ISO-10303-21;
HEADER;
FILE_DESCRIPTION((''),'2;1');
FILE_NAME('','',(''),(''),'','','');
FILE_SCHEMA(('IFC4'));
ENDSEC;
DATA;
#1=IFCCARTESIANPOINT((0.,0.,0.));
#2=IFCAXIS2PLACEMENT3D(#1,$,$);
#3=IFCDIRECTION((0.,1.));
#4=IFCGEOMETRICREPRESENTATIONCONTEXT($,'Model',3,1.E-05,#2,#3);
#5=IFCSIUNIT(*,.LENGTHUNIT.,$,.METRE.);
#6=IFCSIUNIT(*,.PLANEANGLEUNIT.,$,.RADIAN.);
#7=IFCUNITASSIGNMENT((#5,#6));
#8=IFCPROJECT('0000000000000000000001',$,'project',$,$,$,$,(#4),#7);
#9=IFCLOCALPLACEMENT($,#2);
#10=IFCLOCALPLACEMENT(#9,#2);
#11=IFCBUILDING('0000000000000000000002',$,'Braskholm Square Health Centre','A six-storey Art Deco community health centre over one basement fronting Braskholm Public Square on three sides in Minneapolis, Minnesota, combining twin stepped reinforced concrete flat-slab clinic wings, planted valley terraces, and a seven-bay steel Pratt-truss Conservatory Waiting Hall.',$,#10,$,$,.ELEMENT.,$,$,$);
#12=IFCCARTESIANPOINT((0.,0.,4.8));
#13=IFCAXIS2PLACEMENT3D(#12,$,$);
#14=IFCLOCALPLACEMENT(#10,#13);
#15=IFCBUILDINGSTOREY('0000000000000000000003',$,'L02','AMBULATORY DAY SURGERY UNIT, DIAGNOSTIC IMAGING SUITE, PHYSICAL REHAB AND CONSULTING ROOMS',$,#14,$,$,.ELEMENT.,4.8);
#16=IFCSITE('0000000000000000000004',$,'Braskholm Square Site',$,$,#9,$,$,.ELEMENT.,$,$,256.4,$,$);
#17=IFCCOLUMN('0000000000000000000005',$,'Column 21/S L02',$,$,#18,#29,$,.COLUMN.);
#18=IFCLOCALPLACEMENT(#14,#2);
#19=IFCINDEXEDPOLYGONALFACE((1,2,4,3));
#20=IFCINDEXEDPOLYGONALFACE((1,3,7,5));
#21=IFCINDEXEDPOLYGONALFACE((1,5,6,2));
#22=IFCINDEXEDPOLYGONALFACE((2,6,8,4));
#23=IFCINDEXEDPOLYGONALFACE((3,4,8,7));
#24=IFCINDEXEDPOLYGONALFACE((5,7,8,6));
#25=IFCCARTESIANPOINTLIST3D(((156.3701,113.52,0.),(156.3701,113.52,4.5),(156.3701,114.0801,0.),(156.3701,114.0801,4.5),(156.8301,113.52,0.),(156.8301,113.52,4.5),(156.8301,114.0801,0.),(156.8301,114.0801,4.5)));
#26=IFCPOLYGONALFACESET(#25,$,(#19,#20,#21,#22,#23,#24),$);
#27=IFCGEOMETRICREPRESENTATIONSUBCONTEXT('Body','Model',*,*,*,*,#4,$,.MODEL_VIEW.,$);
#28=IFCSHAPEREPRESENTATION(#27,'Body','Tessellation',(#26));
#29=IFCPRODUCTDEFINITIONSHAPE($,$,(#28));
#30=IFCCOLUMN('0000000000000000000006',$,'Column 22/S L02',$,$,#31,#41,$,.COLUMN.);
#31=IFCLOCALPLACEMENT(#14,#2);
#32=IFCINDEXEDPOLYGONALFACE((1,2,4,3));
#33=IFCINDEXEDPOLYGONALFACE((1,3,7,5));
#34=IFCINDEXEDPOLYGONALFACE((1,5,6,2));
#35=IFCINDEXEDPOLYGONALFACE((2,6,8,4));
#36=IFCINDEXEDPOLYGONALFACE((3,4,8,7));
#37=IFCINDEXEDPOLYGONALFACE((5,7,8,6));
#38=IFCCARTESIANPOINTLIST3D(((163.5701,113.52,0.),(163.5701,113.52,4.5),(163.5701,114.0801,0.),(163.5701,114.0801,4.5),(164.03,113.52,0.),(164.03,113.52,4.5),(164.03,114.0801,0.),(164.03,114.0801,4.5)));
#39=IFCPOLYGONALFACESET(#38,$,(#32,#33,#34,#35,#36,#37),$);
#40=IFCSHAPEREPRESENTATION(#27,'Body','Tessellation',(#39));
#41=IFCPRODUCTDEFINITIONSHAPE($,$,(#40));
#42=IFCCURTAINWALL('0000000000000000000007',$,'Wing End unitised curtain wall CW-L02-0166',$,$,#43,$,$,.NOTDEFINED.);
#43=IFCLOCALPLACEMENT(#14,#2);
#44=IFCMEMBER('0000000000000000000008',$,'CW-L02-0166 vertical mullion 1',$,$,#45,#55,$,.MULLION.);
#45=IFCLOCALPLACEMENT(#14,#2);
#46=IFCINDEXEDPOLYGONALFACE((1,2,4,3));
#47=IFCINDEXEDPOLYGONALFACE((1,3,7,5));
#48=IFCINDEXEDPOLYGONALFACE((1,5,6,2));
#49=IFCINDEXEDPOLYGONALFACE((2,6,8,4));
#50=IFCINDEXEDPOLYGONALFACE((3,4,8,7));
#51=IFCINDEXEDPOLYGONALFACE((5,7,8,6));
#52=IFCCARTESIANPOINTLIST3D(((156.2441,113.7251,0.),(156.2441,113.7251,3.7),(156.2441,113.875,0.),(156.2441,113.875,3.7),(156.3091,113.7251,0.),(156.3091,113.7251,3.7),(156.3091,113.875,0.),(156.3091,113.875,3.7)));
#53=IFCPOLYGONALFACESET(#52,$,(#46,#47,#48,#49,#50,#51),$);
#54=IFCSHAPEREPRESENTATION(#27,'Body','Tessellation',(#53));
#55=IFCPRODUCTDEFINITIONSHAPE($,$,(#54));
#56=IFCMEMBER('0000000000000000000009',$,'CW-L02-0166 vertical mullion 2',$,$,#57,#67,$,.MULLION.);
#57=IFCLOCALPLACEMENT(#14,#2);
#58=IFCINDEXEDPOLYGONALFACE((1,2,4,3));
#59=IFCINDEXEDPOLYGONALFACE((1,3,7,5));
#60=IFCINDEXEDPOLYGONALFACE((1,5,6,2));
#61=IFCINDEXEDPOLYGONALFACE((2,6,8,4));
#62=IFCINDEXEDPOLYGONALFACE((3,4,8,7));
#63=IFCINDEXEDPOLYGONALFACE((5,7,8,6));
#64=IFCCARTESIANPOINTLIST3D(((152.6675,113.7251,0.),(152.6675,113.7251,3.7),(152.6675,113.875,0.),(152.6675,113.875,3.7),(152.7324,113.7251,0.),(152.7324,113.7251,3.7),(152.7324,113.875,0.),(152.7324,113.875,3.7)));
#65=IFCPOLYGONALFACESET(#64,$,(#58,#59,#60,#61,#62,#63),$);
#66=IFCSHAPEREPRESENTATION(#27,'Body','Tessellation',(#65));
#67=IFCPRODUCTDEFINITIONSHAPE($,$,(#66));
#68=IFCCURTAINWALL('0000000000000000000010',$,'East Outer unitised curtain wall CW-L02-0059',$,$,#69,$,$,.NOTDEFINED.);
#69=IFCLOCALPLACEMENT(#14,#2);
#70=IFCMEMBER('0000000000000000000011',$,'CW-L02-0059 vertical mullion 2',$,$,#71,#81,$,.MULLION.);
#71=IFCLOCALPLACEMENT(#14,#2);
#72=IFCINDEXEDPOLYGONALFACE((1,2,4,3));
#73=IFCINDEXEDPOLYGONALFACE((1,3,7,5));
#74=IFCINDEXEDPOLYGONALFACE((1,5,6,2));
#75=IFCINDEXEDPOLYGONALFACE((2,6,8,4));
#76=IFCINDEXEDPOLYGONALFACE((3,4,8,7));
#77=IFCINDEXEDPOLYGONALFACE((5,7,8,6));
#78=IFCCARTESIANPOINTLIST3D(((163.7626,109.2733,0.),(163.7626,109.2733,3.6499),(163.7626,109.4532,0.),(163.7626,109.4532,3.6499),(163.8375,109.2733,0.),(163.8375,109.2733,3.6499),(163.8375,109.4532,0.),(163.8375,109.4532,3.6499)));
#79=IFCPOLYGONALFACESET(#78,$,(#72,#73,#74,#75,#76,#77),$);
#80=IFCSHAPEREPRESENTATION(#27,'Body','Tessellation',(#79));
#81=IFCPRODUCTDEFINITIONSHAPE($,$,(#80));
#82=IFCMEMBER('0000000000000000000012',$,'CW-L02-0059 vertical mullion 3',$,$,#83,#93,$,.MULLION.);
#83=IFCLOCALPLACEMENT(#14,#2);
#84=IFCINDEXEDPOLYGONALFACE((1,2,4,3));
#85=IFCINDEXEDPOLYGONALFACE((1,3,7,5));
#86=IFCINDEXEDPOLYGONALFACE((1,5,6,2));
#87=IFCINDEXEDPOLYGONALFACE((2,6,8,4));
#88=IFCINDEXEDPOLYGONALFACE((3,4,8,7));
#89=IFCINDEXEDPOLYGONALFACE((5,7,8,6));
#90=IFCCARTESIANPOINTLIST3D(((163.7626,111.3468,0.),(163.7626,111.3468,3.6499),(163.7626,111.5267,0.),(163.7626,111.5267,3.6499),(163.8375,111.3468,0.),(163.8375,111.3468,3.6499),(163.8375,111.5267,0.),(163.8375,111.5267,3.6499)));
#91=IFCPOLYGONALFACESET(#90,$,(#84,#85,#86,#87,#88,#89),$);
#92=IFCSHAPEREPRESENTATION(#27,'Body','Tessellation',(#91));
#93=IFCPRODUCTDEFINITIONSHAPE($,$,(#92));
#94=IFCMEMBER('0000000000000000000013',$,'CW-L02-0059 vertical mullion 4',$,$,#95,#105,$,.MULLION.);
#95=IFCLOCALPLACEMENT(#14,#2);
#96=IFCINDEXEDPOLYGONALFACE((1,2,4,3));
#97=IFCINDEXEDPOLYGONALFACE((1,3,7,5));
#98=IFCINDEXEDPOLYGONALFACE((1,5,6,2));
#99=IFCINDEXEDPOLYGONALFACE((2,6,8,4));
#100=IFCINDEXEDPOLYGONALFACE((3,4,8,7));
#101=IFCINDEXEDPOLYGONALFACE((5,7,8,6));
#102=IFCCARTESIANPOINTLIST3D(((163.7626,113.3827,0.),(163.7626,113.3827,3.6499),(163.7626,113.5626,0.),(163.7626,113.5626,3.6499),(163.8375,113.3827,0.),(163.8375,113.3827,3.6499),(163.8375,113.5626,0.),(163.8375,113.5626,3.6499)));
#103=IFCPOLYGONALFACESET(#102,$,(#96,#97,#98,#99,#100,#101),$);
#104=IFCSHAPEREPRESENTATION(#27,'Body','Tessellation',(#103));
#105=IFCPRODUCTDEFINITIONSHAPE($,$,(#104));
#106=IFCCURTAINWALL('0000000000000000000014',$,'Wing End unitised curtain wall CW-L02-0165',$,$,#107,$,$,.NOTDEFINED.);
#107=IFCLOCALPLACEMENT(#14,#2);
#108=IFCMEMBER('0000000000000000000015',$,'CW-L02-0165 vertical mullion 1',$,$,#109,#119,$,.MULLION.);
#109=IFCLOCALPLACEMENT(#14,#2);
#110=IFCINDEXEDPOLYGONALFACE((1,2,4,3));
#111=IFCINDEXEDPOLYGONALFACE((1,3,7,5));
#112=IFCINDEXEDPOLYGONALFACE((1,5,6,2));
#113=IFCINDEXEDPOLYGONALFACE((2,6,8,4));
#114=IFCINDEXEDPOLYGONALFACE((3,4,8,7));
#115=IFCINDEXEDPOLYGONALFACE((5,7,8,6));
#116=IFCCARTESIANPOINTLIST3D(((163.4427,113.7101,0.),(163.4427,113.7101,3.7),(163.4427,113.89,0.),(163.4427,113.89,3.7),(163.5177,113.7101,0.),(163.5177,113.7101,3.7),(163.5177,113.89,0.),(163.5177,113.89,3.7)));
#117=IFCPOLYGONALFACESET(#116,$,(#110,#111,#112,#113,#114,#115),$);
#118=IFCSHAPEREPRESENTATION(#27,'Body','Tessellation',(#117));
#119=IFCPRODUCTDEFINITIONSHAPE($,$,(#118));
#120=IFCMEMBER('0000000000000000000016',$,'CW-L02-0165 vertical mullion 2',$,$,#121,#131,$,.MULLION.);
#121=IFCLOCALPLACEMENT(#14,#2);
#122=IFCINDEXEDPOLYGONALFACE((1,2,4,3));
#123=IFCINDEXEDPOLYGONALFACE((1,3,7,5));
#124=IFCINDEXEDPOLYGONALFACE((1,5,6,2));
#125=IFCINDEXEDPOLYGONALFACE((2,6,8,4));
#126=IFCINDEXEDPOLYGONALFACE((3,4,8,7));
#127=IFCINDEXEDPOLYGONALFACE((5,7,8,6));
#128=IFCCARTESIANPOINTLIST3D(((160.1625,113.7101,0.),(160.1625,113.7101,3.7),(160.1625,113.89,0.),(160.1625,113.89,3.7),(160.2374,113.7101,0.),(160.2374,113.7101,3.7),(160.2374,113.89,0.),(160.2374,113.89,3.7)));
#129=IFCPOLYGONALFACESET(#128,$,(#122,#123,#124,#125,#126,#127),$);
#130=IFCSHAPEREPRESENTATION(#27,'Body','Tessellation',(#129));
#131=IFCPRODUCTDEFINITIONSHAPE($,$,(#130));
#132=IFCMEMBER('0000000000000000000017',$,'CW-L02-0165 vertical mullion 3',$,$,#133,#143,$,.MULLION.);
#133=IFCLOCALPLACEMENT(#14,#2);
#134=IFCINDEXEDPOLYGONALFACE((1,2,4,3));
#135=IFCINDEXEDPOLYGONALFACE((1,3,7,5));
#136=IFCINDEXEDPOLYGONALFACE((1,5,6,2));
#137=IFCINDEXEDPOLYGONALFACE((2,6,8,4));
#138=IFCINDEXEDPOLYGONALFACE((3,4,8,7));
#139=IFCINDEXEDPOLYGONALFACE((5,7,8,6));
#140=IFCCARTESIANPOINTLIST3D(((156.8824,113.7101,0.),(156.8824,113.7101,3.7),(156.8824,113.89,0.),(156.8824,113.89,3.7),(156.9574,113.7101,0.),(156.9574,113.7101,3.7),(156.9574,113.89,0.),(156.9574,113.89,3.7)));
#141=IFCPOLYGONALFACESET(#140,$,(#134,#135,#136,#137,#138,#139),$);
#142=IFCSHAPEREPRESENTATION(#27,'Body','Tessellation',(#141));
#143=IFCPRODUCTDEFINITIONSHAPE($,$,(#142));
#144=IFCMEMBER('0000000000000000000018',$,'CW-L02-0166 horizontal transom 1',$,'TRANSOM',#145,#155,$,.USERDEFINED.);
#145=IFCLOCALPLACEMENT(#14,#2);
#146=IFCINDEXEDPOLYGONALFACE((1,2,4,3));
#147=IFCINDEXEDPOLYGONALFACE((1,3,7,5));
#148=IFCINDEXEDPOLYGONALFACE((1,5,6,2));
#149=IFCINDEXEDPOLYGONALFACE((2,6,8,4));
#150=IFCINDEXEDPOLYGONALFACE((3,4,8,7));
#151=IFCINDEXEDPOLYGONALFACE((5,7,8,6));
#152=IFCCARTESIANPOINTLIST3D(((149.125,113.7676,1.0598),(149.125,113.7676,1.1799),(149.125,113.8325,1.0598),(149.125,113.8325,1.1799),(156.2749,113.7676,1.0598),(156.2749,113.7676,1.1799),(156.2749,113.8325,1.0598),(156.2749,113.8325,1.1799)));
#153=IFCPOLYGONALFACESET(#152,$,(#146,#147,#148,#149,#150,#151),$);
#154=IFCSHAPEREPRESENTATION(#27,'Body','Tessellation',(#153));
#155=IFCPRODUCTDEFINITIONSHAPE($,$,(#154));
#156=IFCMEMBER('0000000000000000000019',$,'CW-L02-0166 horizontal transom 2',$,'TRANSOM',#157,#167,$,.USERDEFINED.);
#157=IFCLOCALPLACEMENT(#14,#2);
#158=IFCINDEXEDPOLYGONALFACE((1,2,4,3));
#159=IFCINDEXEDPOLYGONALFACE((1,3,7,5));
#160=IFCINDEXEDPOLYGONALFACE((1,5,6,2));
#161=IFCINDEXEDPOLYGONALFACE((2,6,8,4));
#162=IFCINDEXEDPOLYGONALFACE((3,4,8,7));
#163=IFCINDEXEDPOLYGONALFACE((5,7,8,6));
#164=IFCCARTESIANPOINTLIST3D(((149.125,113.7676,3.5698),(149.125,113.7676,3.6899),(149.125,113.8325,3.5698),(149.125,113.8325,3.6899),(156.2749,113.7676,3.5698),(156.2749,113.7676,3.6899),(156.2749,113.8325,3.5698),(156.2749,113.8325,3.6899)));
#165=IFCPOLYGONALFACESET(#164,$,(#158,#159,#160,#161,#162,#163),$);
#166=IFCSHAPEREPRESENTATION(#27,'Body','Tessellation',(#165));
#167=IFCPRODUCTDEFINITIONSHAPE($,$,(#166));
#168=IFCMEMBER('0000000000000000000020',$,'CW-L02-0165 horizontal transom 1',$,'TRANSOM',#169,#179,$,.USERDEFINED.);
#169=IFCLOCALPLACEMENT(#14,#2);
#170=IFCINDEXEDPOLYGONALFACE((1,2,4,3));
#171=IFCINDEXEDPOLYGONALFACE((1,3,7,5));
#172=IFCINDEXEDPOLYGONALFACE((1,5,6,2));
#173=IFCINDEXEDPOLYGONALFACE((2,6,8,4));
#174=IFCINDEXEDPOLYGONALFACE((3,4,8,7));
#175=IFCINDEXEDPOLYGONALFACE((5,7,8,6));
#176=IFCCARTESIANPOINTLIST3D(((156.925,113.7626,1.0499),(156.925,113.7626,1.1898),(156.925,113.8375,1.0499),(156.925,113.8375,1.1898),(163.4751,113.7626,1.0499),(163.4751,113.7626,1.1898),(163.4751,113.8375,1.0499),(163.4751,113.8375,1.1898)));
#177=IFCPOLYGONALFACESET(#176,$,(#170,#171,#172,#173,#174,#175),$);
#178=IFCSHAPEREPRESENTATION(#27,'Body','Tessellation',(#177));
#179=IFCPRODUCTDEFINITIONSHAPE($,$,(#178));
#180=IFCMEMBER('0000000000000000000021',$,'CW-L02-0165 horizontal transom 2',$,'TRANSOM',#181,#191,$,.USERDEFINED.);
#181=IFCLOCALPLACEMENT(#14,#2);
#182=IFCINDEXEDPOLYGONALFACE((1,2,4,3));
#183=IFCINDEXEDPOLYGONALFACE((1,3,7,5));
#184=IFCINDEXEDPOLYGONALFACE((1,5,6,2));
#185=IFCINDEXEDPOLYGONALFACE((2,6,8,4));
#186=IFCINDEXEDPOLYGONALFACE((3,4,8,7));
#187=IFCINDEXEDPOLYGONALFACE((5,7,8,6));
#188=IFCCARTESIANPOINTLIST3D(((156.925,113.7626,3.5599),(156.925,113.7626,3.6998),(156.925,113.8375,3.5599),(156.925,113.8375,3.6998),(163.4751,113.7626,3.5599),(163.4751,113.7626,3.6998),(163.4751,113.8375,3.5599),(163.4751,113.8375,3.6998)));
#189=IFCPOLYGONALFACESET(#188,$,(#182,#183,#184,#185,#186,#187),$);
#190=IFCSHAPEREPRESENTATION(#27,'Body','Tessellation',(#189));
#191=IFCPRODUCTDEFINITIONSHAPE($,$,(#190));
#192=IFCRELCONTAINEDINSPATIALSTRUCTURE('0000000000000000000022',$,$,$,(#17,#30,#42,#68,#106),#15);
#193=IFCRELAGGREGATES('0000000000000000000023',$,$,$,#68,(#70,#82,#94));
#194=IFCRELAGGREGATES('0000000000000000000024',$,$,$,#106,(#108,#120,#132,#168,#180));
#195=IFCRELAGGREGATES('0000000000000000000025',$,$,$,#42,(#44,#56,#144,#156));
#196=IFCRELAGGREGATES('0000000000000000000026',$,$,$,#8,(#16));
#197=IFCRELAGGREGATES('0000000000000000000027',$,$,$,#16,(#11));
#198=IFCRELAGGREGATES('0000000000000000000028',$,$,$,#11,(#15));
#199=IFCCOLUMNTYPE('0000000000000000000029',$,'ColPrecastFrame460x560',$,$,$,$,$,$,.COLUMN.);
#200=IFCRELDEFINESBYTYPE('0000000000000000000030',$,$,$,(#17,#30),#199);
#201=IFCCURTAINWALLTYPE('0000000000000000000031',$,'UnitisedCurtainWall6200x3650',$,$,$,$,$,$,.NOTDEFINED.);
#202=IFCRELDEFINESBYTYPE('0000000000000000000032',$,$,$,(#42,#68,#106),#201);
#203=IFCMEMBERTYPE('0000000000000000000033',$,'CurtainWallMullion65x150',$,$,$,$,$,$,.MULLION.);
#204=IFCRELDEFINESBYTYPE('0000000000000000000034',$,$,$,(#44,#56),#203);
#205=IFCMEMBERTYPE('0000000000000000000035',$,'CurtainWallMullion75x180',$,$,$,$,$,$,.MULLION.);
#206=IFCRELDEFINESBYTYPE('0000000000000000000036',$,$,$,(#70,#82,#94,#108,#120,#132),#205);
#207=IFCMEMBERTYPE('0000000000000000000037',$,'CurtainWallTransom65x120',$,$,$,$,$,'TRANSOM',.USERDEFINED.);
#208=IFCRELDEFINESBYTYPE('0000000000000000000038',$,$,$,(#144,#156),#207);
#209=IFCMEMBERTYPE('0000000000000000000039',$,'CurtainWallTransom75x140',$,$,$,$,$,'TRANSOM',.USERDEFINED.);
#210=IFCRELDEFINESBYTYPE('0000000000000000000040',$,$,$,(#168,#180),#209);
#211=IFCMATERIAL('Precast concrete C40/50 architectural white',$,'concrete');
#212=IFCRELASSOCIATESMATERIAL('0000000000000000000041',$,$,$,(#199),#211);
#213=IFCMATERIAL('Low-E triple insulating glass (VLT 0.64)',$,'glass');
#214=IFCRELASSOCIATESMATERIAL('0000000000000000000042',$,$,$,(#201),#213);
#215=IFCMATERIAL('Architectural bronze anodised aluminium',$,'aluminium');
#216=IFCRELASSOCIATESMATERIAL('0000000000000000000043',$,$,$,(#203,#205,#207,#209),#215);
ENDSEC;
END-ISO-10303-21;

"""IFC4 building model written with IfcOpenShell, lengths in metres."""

from ifc_helpers import new_model, si_unit, direction, frame, origin, origin_2d, place, context, subcontext, project, spatial, rectangle, extrude, material, material_profile, profile_set, type_object, element, aggregate, save


model = new_model("IFC4")

# Units and contexts
model_context = context("Model", 3, precision=1e-05, world=origin(), true_north=direction((0.0, 1.0)))
body_context = subcontext(model_context, "Body", "Model", "MODEL_VIEW")
ifc_project = project(units=[si_unit("LENGTHUNIT", "METRE"), si_unit("PLANEANGLEUNIT", "RADIAN")], contexts=[model_context])

# Site, building, storey
site_placement = place(None, origin())
site = spatial("IfcSite", under=ifc_project, at=site_placement, Name="Braskholm Square Site", CompositionType="ELEMENT", RefElevation=256.4)
building_placement = place(site_placement, origin())
building = spatial("IfcBuilding", under=site, at=building_placement, Name="Braskholm Square Health Centre", Description="A six-storey Art Deco community health centre over one basement fronting Braskholm Public Square on three sides in Minneapolis, Minnesota, combining twin stepped reinforced concrete flat-slab clinic wings, planted valley terraces, and a seven-bay steel Pratt-truss Conservatory Waiting Hall.", CompositionType="ELEMENT")
storey_placement = place(building_placement, frame((0.0, 0.0, 4.8)))
storey = spatial("IfcBuildingStorey", under=building, at=storey_placement, Name="L02", Description="AMBULATORY DAY SURGERY UNIT, DIAGNOSTIC IMAGING SUITE, PHYSICAL REHAB AND CONSULTING ROOMS", CompositionType="ELEMENT", Elevation=4.8)

# Columns
ifc_material_1 = material(Name="Precast concrete C40/50 architectural white", Category="concrete")
ifc_material_profile_1 = material_profile(ifc_material_1, rectangle(XDim=0.46, YDim=0.5601, at=origin_2d()), Name="RC-460X560")
ifc_profile_set_1 = profile_set([ifc_material_profile_1], Name="Precast concrete C40/50 architectural white")
column_type = type_object("IfcColumnType", Name="ColPrecastFrame460x560", PredefinedType="COLUMN", material=ifc_profile_set_1)
for number, where, z_axis, x_axis, name in (
    (1, (156.6001, 113.8, 0.0), (0.0, 0.0, 1.0), (1.0, 0.0, 0.0), "Column 21/S L02"),
    (2, (163.8, 113.8, 0.0), (0.0, 0.0, 1.0), (1.0, 0.0, 0.0), "Column 22/S L02"),
):
    element("IfcColumn", number, at=place(storey_placement, frame(where, z_axis=z_axis, x_axis=x_axis)), inside=storey, type_object=column_type, Name=name, PredefinedType="COLUMN", context=body_context, shape_type="SweptSolid", body=[
        extrude(rectangle(XDim=0.46, YDim=0.5601, at=origin_2d()), origin(), (0.0, 0.0, 1.0), 4.5),
    ])

# Curtain walls, members
ifc_material_2 = material(Name="Low-E triple insulating glass (VLT 0.64)", Category="glass")
curtain_wall_type = type_object("IfcCurtainWallType", Name="UnitisedCurtainWall6200x3650", PredefinedType="NOTDEFINED", material=ifc_material_2)
curtain_wall_1_placement = place(storey_placement, origin())
curtain_wall_1 = element("IfcCurtainWall", 3, at=curtain_wall_1_placement, inside=storey, type_object=curtain_wall_type, Name="Wing End unitised curtain wall CW-L02-0166", PredefinedType="NOTDEFINED")
ifc_material_3 = material(Name="Architectural bronze anodised aluminium", Category="aluminium")
ifc_material_profile_2 = material_profile(ifc_material_3, rectangle(XDim=0.0649, YDim=0.1499, at=origin_2d()), Name="ALU-65X150")
ifc_profile_set_2 = profile_set([ifc_material_profile_2], Name="Architectural bronze anodised aluminium")
member_type_1 = type_object("IfcMemberType", Name="CurtainWallMullion65x150", PredefinedType="MULLION", material=ifc_profile_set_2)
member_1_placement = place(storey_placement, frame((156.2766, 113.8, 0.0), z_axis=(0.0, 0.0, 1.0), x_axis=(1.0, 0.0, 0.0)))
member_1 = element("IfcMember", 4, at=member_1_placement, type_object=member_type_1, Name="CW-L02-0166 vertical mullion 1", PredefinedType="MULLION", context=body_context, shape_type="SweptSolid", body=[
    extrude(rectangle(XDim=0.0649, YDim=0.1499, at=origin_2d()), origin(), (0.0, 0.0, 1.0), 3.7),
])
member_2_placement = place(storey_placement, frame((152.7, 113.8, 0.0), z_axis=(0.0, 0.0, 1.0), x_axis=(1.0, 0.0, 0.0)))
member_2 = element("IfcMember", 5, at=member_2_placement, type_object=member_type_1, Name="CW-L02-0166 vertical mullion 2", PredefinedType="MULLION", context=body_context, shape_type="SweptSolid", body=[
    extrude(rectangle(XDim=0.0649, YDim=0.1499, at=origin_2d()), origin(), (0.0, 0.0, 1.0), 3.7),
])
curtain_wall_2_placement = place(storey_placement, origin())
curtain_wall_2 = element("IfcCurtainWall", 6, at=curtain_wall_2_placement, inside=storey, type_object=curtain_wall_type, Name="East Outer unitised curtain wall CW-L02-0059", PredefinedType="NOTDEFINED")
ifc_material_profile_3 = material_profile(ifc_material_3, rectangle(XDim=0.075, YDim=0.1799, at=origin_2d()), Name="ALU-75X180")
ifc_profile_set_3 = profile_set([ifc_material_profile_3], Name="Architectural bronze anodised aluminium")
member_type_2 = type_object("IfcMemberType", Name="CurtainWallMullion75x180", PredefinedType="MULLION", material=ifc_profile_set_3)
member_3_placement = place(storey_placement, frame((163.8, 109.3633, 0.0), z_axis=(0.0, 0.0, 1.0), x_axis=(1.0, 0.0, 0.0)))
member_3 = element("IfcMember", 7, at=member_3_placement, type_object=member_type_2, Name="CW-L02-0059 vertical mullion 2", PredefinedType="MULLION", context=body_context, shape_type="SweptSolid", body=[
    extrude(rectangle(XDim=0.075, YDim=0.1799, at=origin_2d()), origin(), (0.0, 0.0, 1.0), 3.6499),
])
member_4_placement = place(storey_placement, frame((163.8, 111.4368, 0.0), z_axis=(0.0, 0.0, 1.0), x_axis=(1.0, 0.0, 0.0)))
member_4 = element("IfcMember", 8, at=member_4_placement, type_object=member_type_2, Name="CW-L02-0059 vertical mullion 3", PredefinedType="MULLION", context=body_context, shape_type="SweptSolid", body=[
    extrude(rectangle(XDim=0.075, YDim=0.1799, at=origin_2d()), origin(), (0.0, 0.0, 1.0), 3.6499),
])
member_5_placement = place(storey_placement, frame((163.8, 113.4727, 0.0), z_axis=(0.0, 0.0, 1.0), x_axis=(1.0, 0.0, 0.0)))
member_5 = element("IfcMember", 9, at=member_5_placement, type_object=member_type_2, Name="CW-L02-0059 vertical mullion 4", PredefinedType="MULLION", context=body_context, shape_type="SweptSolid", body=[
    extrude(rectangle(XDim=0.075, YDim=0.1799, at=origin_2d()), origin(), (0.0, 0.0, 1.0), 3.6499),
])
curtain_wall_3_placement = place(storey_placement, origin())
curtain_wall_3 = element("IfcCurtainWall", 10, at=curtain_wall_3_placement, inside=storey, type_object=curtain_wall_type, Name="Wing End unitised curtain wall CW-L02-0165", PredefinedType="NOTDEFINED")
member_6_placement = place(storey_placement, frame((163.4802, 113.8, 0.0), z_axis=(0.0, 0.0, 1.0), x_axis=(1.0, 0.0, 0.0)))
member_6 = element("IfcMember", 11, at=member_6_placement, type_object=member_type_2, Name="CW-L02-0165 vertical mullion 1", PredefinedType="MULLION", context=body_context, shape_type="SweptSolid", body=[
    extrude(rectangle(XDim=0.075, YDim=0.1799, at=origin_2d()), origin(), (0.0, 0.0, 1.0), 3.7),
])
member_7_placement = place(storey_placement, frame((160.2, 113.8, 0.0), z_axis=(0.0, 0.0, 1.0), x_axis=(1.0, 0.0, 0.0)))
member_7 = element("IfcMember", 12, at=member_7_placement, type_object=member_type_2, Name="CW-L02-0165 vertical mullion 2", PredefinedType="MULLION", context=body_context, shape_type="SweptSolid", body=[
    extrude(rectangle(XDim=0.075, YDim=0.1799, at=origin_2d()), origin(), (0.0, 0.0, 1.0), 3.7),
])
member_8_placement = place(storey_placement, frame((156.9199, 113.8, 0.0), z_axis=(0.0, 0.0, 1.0), x_axis=(1.0, 0.0, 0.0)))
member_8 = element("IfcMember", 13, at=member_8_placement, type_object=member_type_2, Name="CW-L02-0165 vertical mullion 3", PredefinedType="MULLION", context=body_context, shape_type="SweptSolid", body=[
    extrude(rectangle(XDim=0.075, YDim=0.1799, at=origin_2d()), origin(), (0.0, 0.0, 1.0), 3.7),
])

# Members
ifc_material_profile_4 = material_profile(ifc_material_3, rectangle(XDim=0.0649, YDim=0.1201, at=origin_2d()), Name="ALU-65X120")
ifc_profile_set_4 = profile_set([ifc_material_profile_4], Name="Architectural bronze anodised aluminium")
member_type_3 = type_object("IfcMemberType", Name="CurtainWallTransom65x120", ElementType="TRANSOM", PredefinedType="USERDEFINED", material=ifc_profile_set_4)
member_9_placement = place(storey_placement, frame((156.2749, 113.8, 1.1199), z_axis=(-1.0, 0.0, 0.0), x_axis=(0.0, -1.0, 0.0)))
member_9 = element("IfcMember", 14, at=member_9_placement, type_object=member_type_3, Name="CW-L02-0166 horizontal transom 1", ObjectType="TRANSOM", PredefinedType="USERDEFINED", context=body_context, shape_type="SweptSolid", body=[
    extrude(rectangle(XDim=0.0649, YDim=0.1201, at=origin_2d()), origin(), (0.0, 0.0, 1.0), 7.1499),
])
member_10_placement = place(storey_placement, frame((156.2749, 113.8, 3.6299), z_axis=(-1.0, 0.0, 0.0), x_axis=(0.0, -1.0, 0.0)))
member_10 = element("IfcMember", 15, at=member_10_placement, type_object=member_type_3, Name="CW-L02-0166 horizontal transom 2", ObjectType="TRANSOM", PredefinedType="USERDEFINED", context=body_context, shape_type="SweptSolid", body=[
    extrude(rectangle(XDim=0.0649, YDim=0.1201, at=origin_2d()), origin(), (0.0, 0.0, 1.0), 7.1499),
])
ifc_material_profile_5 = material_profile(ifc_material_3, rectangle(XDim=0.075, YDim=0.1399, at=origin_2d()), Name="ALU-75X140")
ifc_profile_set_5 = profile_set([ifc_material_profile_5], Name="Architectural bronze anodised aluminium")
member_type_4 = type_object("IfcMemberType", Name="CurtainWallTransom75x140", ElementType="TRANSOM", PredefinedType="USERDEFINED", material=ifc_profile_set_5)
member_11_placement = place(storey_placement, frame((163.4751, 113.8, 1.1199), z_axis=(-1.0, 0.0, 0.0), x_axis=(0.0, -1.0, 0.0)))
member_11 = element("IfcMember", 16, at=member_11_placement, type_object=member_type_4, Name="CW-L02-0165 horizontal transom 1", ObjectType="TRANSOM", PredefinedType="USERDEFINED", context=body_context, shape_type="SweptSolid", body=[
    extrude(rectangle(XDim=0.075, YDim=0.1399, at=origin_2d()), origin(), (0.0, 0.0, 1.0), 6.55),
])
member_12_placement = place(storey_placement, frame((163.4751, 113.8, 3.6299), z_axis=(-1.0, 0.0, 0.0), x_axis=(0.0, -1.0, 0.0)))
member_12 = element("IfcMember", 17, at=member_12_placement, type_object=member_type_4, Name="CW-L02-0165 horizontal transom 2", ObjectType="TRANSOM", PredefinedType="USERDEFINED", context=body_context, shape_type="SweptSolid", body=[
    extrude(rectangle(XDim=0.075, YDim=0.1399, at=origin_2d()), origin(), (0.0, 0.0, 1.0), 6.55),
])

aggregate(curtain_wall_2, [member_3, member_4, member_5])
aggregate(curtain_wall_3, [member_6, member_7, member_8, member_11, member_12])
aggregate(curtain_wall_1, [member_1, member_2, member_9, member_10])

save(model, "model.ifc")
